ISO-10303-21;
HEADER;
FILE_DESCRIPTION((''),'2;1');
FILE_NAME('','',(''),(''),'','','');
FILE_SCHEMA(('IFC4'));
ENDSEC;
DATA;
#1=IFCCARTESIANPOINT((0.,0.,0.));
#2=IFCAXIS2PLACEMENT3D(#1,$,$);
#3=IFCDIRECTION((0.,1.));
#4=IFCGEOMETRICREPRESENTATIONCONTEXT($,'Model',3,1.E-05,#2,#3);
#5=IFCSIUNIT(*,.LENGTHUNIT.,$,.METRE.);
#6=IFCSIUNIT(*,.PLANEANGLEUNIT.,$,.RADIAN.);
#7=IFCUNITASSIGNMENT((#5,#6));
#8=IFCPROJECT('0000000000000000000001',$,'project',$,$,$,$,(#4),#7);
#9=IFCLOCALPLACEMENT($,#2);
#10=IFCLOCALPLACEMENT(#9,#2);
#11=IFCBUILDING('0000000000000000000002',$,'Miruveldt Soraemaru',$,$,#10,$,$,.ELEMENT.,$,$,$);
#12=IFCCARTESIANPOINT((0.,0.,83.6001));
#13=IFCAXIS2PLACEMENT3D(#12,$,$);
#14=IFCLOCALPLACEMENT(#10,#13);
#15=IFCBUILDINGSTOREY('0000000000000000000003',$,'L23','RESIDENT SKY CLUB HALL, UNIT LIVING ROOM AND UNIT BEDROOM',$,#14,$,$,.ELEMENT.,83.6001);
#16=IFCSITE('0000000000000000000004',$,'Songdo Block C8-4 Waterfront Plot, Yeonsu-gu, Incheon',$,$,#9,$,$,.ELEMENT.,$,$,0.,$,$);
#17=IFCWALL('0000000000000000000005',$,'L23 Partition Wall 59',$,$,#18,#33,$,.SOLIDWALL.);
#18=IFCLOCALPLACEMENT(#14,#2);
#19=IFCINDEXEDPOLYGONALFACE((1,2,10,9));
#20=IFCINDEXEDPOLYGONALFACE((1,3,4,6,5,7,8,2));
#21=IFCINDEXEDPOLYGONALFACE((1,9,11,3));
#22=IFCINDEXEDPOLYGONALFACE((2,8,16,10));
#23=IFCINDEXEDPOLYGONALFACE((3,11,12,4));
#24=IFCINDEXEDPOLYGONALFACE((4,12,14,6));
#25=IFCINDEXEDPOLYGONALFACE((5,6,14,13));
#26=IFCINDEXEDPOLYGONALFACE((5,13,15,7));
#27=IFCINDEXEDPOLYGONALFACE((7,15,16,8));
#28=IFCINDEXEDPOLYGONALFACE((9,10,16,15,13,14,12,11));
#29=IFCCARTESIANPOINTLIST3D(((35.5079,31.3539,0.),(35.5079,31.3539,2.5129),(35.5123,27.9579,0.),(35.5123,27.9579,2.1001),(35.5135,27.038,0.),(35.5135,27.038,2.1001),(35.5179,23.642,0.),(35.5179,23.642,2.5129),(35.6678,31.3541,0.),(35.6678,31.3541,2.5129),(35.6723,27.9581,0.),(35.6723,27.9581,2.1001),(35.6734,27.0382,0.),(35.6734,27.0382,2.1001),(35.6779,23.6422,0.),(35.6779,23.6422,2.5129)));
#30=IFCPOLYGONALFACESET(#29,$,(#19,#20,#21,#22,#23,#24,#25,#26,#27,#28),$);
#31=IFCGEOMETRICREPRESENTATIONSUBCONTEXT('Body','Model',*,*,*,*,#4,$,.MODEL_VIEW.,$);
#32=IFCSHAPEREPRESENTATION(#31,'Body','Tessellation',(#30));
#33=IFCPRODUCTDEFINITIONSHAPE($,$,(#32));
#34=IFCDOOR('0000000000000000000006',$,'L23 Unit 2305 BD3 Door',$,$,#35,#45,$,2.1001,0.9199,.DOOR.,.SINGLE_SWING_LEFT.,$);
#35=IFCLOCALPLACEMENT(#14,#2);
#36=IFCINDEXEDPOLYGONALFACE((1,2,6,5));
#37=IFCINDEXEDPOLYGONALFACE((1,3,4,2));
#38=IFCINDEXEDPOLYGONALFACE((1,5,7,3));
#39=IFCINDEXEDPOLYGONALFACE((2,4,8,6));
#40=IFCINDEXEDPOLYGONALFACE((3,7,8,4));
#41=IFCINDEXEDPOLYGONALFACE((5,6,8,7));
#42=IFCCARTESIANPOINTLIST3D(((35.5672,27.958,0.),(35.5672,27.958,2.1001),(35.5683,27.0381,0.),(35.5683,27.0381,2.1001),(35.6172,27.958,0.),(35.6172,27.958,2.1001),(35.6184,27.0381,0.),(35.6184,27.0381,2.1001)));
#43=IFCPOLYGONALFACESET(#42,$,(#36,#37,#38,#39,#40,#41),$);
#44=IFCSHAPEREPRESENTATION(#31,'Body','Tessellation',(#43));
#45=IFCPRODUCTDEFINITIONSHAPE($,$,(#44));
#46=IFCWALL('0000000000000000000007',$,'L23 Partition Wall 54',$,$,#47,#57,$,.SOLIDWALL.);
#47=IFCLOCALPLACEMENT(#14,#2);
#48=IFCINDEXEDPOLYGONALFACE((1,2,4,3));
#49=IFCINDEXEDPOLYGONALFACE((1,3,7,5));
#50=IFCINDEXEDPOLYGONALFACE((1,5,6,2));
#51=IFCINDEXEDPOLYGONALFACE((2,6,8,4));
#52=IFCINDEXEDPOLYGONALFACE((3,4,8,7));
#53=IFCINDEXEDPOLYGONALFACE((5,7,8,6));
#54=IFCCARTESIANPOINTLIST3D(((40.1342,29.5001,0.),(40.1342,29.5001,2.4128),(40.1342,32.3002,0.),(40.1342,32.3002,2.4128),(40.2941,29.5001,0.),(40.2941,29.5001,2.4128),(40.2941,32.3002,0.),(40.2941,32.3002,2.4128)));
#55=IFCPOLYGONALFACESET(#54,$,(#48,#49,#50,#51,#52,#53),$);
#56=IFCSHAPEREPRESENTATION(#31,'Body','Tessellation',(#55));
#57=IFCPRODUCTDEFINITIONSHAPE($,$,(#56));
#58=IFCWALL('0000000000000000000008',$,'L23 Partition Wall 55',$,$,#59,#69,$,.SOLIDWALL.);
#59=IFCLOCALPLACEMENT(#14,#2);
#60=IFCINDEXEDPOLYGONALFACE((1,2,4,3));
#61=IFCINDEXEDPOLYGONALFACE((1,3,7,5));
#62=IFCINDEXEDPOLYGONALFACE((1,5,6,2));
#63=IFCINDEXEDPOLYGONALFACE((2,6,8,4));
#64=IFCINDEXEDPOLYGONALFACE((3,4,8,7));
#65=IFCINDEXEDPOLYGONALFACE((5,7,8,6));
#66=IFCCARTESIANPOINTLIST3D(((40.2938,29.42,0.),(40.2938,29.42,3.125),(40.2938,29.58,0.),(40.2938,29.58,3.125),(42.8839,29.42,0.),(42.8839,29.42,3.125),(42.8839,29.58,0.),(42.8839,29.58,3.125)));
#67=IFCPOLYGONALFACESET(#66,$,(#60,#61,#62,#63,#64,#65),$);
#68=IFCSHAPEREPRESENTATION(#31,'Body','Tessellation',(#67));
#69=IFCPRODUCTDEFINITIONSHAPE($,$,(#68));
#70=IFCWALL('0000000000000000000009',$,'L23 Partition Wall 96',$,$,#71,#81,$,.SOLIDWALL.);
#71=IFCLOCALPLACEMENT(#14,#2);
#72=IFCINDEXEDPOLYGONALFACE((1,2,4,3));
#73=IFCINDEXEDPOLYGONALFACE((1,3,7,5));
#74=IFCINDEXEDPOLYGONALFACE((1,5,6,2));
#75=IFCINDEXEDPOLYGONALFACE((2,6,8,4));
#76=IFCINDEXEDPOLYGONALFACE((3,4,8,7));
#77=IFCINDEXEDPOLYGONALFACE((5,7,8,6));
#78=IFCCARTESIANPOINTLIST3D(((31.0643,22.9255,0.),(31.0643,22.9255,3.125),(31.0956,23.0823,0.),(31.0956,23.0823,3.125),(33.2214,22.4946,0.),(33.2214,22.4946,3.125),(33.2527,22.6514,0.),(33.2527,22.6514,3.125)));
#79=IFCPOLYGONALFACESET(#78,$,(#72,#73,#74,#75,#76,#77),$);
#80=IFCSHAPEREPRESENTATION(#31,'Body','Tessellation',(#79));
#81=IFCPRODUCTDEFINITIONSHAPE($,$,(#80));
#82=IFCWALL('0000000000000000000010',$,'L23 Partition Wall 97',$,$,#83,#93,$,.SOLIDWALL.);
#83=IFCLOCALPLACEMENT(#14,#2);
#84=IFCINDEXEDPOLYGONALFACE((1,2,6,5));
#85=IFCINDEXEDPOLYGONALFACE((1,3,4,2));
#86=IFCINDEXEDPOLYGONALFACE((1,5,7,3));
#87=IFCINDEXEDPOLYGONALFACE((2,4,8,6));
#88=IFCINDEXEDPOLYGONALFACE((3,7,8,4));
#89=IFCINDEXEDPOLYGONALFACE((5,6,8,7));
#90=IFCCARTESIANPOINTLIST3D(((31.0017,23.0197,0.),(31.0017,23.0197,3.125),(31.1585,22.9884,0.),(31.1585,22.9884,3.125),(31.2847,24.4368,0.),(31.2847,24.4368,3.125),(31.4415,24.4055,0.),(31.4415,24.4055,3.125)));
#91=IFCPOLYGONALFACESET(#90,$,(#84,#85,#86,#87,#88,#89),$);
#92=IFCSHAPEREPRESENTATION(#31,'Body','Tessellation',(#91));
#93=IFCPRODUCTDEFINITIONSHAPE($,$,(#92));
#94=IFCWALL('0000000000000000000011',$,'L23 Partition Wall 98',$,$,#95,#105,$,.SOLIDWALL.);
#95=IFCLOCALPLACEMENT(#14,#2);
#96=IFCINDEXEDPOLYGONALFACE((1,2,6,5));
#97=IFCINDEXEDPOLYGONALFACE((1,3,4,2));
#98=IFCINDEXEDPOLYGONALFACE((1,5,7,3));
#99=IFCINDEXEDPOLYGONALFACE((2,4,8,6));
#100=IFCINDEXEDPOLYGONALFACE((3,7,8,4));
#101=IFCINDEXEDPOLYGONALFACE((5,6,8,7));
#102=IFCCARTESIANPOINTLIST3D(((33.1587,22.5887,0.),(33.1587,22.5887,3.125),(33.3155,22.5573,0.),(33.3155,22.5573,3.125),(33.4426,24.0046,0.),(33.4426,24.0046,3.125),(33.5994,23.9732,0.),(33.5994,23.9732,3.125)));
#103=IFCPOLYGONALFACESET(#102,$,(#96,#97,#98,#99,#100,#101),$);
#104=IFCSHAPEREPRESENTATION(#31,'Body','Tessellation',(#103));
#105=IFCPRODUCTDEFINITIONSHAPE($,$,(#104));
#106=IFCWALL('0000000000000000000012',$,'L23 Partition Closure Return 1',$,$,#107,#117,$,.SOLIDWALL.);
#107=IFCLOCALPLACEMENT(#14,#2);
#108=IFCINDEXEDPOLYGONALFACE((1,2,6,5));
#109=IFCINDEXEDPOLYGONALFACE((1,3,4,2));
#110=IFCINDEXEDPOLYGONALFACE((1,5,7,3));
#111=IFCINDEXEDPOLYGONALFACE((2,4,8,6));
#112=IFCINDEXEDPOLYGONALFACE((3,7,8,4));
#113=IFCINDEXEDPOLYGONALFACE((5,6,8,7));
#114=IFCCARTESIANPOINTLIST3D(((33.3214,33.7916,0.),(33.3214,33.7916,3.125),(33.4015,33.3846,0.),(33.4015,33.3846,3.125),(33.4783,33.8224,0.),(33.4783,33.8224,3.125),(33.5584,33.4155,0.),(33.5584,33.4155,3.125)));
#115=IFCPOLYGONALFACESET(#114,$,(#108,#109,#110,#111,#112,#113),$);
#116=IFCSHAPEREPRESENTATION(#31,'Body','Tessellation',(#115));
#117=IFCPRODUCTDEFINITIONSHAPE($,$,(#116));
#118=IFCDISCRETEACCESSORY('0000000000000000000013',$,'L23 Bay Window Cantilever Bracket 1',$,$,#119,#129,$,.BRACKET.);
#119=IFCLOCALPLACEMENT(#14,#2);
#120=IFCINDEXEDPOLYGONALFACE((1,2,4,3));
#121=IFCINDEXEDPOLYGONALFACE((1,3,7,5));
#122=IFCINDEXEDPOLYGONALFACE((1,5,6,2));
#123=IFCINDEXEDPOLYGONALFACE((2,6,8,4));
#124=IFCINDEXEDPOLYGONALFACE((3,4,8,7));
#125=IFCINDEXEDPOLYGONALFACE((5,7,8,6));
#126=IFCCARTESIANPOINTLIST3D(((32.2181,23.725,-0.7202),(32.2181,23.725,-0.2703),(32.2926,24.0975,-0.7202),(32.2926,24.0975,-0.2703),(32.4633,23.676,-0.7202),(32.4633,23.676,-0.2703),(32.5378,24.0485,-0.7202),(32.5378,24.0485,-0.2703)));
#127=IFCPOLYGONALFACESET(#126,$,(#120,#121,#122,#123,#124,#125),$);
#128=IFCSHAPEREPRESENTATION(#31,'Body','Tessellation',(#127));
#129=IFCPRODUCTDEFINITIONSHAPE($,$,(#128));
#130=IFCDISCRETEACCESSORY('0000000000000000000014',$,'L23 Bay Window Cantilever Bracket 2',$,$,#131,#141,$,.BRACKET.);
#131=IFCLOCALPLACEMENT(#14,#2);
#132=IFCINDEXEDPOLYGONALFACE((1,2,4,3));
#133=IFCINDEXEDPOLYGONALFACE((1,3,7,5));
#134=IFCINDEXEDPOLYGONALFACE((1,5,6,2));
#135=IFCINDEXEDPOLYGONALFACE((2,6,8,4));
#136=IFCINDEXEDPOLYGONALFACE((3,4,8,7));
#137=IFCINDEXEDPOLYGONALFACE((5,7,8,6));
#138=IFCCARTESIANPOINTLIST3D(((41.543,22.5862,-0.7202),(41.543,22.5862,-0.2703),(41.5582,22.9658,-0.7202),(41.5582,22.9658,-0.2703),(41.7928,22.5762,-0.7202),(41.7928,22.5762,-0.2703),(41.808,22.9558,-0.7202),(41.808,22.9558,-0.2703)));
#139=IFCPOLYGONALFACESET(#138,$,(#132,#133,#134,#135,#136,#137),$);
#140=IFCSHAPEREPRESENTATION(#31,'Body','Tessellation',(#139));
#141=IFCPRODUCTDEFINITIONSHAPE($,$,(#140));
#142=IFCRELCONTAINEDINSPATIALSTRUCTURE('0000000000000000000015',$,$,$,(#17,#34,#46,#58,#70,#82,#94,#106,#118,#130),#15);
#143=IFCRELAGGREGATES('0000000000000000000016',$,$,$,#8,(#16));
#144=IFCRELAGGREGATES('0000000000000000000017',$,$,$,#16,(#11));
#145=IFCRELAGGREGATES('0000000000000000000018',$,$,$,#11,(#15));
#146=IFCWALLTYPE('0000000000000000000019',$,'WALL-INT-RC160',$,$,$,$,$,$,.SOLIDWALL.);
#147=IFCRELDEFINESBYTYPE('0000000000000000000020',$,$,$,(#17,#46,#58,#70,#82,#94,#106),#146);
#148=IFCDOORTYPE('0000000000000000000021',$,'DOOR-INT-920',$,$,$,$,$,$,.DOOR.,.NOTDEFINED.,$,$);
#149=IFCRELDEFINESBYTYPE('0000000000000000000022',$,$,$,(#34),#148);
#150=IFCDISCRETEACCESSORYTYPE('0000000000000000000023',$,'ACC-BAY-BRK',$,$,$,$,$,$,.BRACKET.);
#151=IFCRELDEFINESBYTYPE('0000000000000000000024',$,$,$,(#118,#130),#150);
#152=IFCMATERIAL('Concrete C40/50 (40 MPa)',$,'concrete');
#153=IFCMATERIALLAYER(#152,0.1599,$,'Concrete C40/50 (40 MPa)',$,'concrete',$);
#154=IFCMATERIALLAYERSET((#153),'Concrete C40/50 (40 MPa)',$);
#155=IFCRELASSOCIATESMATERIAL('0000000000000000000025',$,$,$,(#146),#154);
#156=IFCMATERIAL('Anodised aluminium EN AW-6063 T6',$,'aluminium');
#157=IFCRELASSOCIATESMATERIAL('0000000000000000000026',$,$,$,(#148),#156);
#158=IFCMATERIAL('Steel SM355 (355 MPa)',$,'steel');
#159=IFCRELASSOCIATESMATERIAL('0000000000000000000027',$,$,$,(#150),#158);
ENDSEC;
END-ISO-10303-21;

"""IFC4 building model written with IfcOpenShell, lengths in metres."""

from ifc_helpers import new_model, si_unit, direction, frame, frame_2d, origin, origin_2d, place, context, subcontext, project, spatial, rectangle, extrude, material, layer, layer_set, type_object, element, fill, save


model = new_model("IFC4")

# Units and contexts
model_context = context("Model", 3, precision=1e-05, world=origin(), true_north=direction((0.0, 1.0)))
body_context = subcontext(model_context, "Body", "Model", "MODEL_VIEW")
ifc_project = project(units=[si_unit("LENGTHUNIT", "METRE"), si_unit("PLANEANGLEUNIT", "RADIAN")], contexts=[model_context])

# Site, building, storey
site_placement = place(None, origin())
site = spatial("IfcSite", under=ifc_project, at=site_placement, Name="Songdo Block C8-4 Waterfront Plot, Yeonsu-gu, Incheon", CompositionType="ELEMENT", RefElevation=0.0)
building_placement = place(site_placement, origin())
building = spatial("IfcBuilding", under=site, at=building_placement, Name="Miruveldt Soraemaru", CompositionType="ELEMENT")
storey_placement = place(building_placement, frame((0.0, 0.0, 83.6001)))
storey = spatial("IfcBuildingStorey", under=building, at=storey_placement, Name="L23", Description="RESIDENT SKY CLUB HALL, UNIT LIVING ROOM AND UNIT BEDROOM", CompositionType="ELEMENT", Elevation=83.6001)

# Shared definitions
ifc_material_1 = material(Name="Anodised aluminium EN AW-6063 T6", Category="aluminium")

# Wall, opening, door
ifc_material_2 = material(Name="Concrete C40/50 (40 MPa)", Category="concrete")
ifc_layer_1 = layer(ifc_material_2, 0.1599, Name="Concrete C40/50 (40 MPa)", Category="concrete")
ifc_layer_set_1 = layer_set([ifc_layer_1], Name="Concrete C40/50 (40 MPa)")
wall_type_1 = type_object("IfcWallType", Name="WALL-INT-RC160", PredefinedType="SOLIDWALL", material=ifc_layer_set_1)
wall_1_placement = place(storey_placement, frame((35.5879, 31.354, 0.0), z_axis=(0.0, 0.0, 1.0), x_axis=(0.001298, -0.999999, 0.0)))
wall_1 = element("IfcWall", 1, at=wall_1_placement, inside=storey, type_object=wall_type_1, Name="L23 Partition Wall 59", PredefinedType="SOLIDWALL", context=body_context, shape_type="SweptSolid", body=[
    extrude(rectangle(XDim=7.7119, YDim=0.1599, at=frame_2d((3.856, 0.0))), origin(), (0.0, 0.0, 1.0), 2.5129),
])
opening_1_placement = place(wall_1_placement, frame((3.396, 0.0, 0.0)))
opening_1 = element("IfcOpeningElement", 2, at=opening_1_placement, cuts=wall_1, PredefinedType="OPENING", context=body_context, shape_type="SweptSolid", body=[
    extrude(rectangle(XDim=0.9199, YDim=2.1001, at=frame_2d((0.46, 1.05))), frame((0.0, 0.0898, 0.0), z_axis=(0.0, -1.0, 0.0), x_axis=(1.0, 0.0, 0.0)), (0.0, 0.0, 1.0), 0.1799),
])
door_type_1 = type_object("IfcDoorType", Name="DOOR-INT-920", OperationType="NOTDEFINED", PredefinedType="DOOR", material=ifc_material_1)
door_1_placement = place(opening_1_placement, origin())
door_1 = element("IfcDoor", 3, at=door_1_placement, inside=storey, type_object=door_type_1, Name="L23 Unit 2305 BD3 Door", OperationType="SINGLE_SWING_LEFT", OverallHeight=2.1001, OverallWidth=0.9199, PredefinedType="DOOR", context=body_context, shape_type="SweptSolid", body=[
    extrude(rectangle(XDim=0.9199, YDim=2.1001, at=frame_2d((0.46, 1.05))), frame((0.0, 0.0249, 0.0), z_axis=(0.0, -1.0, 0.0), x_axis=(1.0, 0.0, 0.0)), (0.0, 0.0, 1.0), 0.05),
])
fill(opening_1, door_1)

# Walls
wall_2_placement = place(storey_placement, frame((40.2141, 32.3, 0.0), z_axis=(0.0, 0.0, 1.0), x_axis=(0.0, -1.0, 0.0)))
element("IfcWall", 4, at=wall_2_placement, inside=storey, type_object=wall_type_1, Name="L23 Partition Wall 54", PredefinedType="SOLIDWALL", context=body_context, shape_type="SweptSolid", body=[
    extrude(rectangle(XDim=2.8, YDim=0.1599, at=frame_2d((1.3999, 0.0))), origin(), (0.0, 0.0, 1.0), 2.4128),
])
wall_3_placement = place(storey_placement, frame((40.2939, 29.5, 0.0), z_axis=(0.0, 0.0, 1.0), x_axis=(1.0, 0.0, 0.0)))
element("IfcWall", 5, at=wall_3_placement, inside=storey, type_object=wall_type_1, Name="L23 Partition Wall 55", PredefinedType="SOLIDWALL", context=body_context, shape_type="SweptSolid", body=[
    extrude(rectangle(XDim=2.5901, YDim=0.1599, at=frame_2d((1.2949, 0.0))), origin(), (0.0, 0.0, 1.0), 3.125),
])
wall_4_placement = place(storey_placement, frame((33.2371, 22.573, 0.0), z_axis=(0.0, 0.0, 1.0), x_axis=(-0.980623, 0.195903, 0.0)))
element("IfcWall", 6, at=wall_4_placement, inside=storey, type_object=wall_type_1, Name="L23 Partition Wall 96", PredefinedType="SOLIDWALL", context=body_context, shape_type="SweptSolid", body=[
    extrude(rectangle(XDim=2.1997, YDim=0.1599, at=frame_2d((1.0999, 0.0))), origin(), (0.0, 0.0, 1.0), 3.125),
])
wall_5_placement = place(storey_placement, frame((31.0801, 23.0039, 0.0), z_axis=(0.0, 0.0, 1.0), x_axis=(0.195824, 0.980639, 0.0)))
element("IfcWall", 7, at=wall_5_placement, inside=storey, type_object=wall_type_1, Name="L23 Partition Wall 97", PredefinedType="SOLIDWALL", context=body_context, shape_type="SweptSolid", body=[
    extrude(rectangle(XDim=1.4451, YDim=0.1599, at=frame_2d((0.7227, 0.0))), origin(), (0.0, 0.0, 1.0), 3.125),
])
wall_6_placement = place(storey_placement, frame((33.521, 23.989, 0.0), z_axis=(0.0, 0.0, 1.0), x_axis=(-0.196604, -0.980483, 0.0)))
element("IfcWall", 8, at=wall_6_placement, inside=storey, type_object=wall_type_1, Name="L23 Partition Wall 98", PredefinedType="SOLIDWALL", context=body_context, shape_type="SweptSolid", body=[
    extrude(rectangle(XDim=1.4441, YDim=0.1599, at=frame_2d((0.7222, 0.0))), origin(), (0.0, 0.0, 1.0), 3.125),
])
wall_7_placement = place(storey_placement, frame((33.48, 33.3999, 0.0), z_axis=(0.0, 0.0, 1.0), x_axis=(-0.193059, 0.981187, 0.0)))
element("IfcWall", 9, at=wall_7_placement, inside=storey, type_object=wall_type_1, Name="L23 Partition Closure Return 1", PredefinedType="SOLIDWALL", context=body_context, shape_type="SweptSolid", body=[
    extrude(rectangle(XDim=0.4148, YDim=0.1599, at=frame_2d((0.2075, 0.0))), origin(), (0.0, 0.0, 1.0), 3.125),
])

# Discrete accessories
ifc_material_3 = material(Name="Steel SM355 (355 MPa)", Category="steel")
discrete_accessory_type = type_object("IfcDiscreteAccessoryType", Name="ACC-BAY-BRK", PredefinedType="BRACKET", material=ifc_material_3)
for number, where, z_axis, x_axis, name in (
    (10, (32.3779, 23.8867, -0.7202), (0.0, 0.0, 1.0), (-0.1961, -0.980584, 0.0), "L23 Bay Window Cantilever Bracket 1"),
    (11, (41.6755, 22.771, -0.7202), (0.0, 0.0, 1.0), (-0.039975, -0.999201, 0.0), "L23 Bay Window Cantilever Bracket 2"),
):
    element("IfcDiscreteAccessory", number, at=place(storey_placement, frame(where, z_axis=z_axis, x_axis=x_axis)), inside=storey, type_object=discrete_accessory_type, Name=name, PredefinedType="BRACKET", context=body_context, shape_type="SweptSolid", body=[
        extrude(rectangle(XDim=0.3799, YDim=0.25, at=origin_2d()), origin(), (0.0, 0.0, 1.0), 0.45),
    ])

save(model, "model.ifc")
